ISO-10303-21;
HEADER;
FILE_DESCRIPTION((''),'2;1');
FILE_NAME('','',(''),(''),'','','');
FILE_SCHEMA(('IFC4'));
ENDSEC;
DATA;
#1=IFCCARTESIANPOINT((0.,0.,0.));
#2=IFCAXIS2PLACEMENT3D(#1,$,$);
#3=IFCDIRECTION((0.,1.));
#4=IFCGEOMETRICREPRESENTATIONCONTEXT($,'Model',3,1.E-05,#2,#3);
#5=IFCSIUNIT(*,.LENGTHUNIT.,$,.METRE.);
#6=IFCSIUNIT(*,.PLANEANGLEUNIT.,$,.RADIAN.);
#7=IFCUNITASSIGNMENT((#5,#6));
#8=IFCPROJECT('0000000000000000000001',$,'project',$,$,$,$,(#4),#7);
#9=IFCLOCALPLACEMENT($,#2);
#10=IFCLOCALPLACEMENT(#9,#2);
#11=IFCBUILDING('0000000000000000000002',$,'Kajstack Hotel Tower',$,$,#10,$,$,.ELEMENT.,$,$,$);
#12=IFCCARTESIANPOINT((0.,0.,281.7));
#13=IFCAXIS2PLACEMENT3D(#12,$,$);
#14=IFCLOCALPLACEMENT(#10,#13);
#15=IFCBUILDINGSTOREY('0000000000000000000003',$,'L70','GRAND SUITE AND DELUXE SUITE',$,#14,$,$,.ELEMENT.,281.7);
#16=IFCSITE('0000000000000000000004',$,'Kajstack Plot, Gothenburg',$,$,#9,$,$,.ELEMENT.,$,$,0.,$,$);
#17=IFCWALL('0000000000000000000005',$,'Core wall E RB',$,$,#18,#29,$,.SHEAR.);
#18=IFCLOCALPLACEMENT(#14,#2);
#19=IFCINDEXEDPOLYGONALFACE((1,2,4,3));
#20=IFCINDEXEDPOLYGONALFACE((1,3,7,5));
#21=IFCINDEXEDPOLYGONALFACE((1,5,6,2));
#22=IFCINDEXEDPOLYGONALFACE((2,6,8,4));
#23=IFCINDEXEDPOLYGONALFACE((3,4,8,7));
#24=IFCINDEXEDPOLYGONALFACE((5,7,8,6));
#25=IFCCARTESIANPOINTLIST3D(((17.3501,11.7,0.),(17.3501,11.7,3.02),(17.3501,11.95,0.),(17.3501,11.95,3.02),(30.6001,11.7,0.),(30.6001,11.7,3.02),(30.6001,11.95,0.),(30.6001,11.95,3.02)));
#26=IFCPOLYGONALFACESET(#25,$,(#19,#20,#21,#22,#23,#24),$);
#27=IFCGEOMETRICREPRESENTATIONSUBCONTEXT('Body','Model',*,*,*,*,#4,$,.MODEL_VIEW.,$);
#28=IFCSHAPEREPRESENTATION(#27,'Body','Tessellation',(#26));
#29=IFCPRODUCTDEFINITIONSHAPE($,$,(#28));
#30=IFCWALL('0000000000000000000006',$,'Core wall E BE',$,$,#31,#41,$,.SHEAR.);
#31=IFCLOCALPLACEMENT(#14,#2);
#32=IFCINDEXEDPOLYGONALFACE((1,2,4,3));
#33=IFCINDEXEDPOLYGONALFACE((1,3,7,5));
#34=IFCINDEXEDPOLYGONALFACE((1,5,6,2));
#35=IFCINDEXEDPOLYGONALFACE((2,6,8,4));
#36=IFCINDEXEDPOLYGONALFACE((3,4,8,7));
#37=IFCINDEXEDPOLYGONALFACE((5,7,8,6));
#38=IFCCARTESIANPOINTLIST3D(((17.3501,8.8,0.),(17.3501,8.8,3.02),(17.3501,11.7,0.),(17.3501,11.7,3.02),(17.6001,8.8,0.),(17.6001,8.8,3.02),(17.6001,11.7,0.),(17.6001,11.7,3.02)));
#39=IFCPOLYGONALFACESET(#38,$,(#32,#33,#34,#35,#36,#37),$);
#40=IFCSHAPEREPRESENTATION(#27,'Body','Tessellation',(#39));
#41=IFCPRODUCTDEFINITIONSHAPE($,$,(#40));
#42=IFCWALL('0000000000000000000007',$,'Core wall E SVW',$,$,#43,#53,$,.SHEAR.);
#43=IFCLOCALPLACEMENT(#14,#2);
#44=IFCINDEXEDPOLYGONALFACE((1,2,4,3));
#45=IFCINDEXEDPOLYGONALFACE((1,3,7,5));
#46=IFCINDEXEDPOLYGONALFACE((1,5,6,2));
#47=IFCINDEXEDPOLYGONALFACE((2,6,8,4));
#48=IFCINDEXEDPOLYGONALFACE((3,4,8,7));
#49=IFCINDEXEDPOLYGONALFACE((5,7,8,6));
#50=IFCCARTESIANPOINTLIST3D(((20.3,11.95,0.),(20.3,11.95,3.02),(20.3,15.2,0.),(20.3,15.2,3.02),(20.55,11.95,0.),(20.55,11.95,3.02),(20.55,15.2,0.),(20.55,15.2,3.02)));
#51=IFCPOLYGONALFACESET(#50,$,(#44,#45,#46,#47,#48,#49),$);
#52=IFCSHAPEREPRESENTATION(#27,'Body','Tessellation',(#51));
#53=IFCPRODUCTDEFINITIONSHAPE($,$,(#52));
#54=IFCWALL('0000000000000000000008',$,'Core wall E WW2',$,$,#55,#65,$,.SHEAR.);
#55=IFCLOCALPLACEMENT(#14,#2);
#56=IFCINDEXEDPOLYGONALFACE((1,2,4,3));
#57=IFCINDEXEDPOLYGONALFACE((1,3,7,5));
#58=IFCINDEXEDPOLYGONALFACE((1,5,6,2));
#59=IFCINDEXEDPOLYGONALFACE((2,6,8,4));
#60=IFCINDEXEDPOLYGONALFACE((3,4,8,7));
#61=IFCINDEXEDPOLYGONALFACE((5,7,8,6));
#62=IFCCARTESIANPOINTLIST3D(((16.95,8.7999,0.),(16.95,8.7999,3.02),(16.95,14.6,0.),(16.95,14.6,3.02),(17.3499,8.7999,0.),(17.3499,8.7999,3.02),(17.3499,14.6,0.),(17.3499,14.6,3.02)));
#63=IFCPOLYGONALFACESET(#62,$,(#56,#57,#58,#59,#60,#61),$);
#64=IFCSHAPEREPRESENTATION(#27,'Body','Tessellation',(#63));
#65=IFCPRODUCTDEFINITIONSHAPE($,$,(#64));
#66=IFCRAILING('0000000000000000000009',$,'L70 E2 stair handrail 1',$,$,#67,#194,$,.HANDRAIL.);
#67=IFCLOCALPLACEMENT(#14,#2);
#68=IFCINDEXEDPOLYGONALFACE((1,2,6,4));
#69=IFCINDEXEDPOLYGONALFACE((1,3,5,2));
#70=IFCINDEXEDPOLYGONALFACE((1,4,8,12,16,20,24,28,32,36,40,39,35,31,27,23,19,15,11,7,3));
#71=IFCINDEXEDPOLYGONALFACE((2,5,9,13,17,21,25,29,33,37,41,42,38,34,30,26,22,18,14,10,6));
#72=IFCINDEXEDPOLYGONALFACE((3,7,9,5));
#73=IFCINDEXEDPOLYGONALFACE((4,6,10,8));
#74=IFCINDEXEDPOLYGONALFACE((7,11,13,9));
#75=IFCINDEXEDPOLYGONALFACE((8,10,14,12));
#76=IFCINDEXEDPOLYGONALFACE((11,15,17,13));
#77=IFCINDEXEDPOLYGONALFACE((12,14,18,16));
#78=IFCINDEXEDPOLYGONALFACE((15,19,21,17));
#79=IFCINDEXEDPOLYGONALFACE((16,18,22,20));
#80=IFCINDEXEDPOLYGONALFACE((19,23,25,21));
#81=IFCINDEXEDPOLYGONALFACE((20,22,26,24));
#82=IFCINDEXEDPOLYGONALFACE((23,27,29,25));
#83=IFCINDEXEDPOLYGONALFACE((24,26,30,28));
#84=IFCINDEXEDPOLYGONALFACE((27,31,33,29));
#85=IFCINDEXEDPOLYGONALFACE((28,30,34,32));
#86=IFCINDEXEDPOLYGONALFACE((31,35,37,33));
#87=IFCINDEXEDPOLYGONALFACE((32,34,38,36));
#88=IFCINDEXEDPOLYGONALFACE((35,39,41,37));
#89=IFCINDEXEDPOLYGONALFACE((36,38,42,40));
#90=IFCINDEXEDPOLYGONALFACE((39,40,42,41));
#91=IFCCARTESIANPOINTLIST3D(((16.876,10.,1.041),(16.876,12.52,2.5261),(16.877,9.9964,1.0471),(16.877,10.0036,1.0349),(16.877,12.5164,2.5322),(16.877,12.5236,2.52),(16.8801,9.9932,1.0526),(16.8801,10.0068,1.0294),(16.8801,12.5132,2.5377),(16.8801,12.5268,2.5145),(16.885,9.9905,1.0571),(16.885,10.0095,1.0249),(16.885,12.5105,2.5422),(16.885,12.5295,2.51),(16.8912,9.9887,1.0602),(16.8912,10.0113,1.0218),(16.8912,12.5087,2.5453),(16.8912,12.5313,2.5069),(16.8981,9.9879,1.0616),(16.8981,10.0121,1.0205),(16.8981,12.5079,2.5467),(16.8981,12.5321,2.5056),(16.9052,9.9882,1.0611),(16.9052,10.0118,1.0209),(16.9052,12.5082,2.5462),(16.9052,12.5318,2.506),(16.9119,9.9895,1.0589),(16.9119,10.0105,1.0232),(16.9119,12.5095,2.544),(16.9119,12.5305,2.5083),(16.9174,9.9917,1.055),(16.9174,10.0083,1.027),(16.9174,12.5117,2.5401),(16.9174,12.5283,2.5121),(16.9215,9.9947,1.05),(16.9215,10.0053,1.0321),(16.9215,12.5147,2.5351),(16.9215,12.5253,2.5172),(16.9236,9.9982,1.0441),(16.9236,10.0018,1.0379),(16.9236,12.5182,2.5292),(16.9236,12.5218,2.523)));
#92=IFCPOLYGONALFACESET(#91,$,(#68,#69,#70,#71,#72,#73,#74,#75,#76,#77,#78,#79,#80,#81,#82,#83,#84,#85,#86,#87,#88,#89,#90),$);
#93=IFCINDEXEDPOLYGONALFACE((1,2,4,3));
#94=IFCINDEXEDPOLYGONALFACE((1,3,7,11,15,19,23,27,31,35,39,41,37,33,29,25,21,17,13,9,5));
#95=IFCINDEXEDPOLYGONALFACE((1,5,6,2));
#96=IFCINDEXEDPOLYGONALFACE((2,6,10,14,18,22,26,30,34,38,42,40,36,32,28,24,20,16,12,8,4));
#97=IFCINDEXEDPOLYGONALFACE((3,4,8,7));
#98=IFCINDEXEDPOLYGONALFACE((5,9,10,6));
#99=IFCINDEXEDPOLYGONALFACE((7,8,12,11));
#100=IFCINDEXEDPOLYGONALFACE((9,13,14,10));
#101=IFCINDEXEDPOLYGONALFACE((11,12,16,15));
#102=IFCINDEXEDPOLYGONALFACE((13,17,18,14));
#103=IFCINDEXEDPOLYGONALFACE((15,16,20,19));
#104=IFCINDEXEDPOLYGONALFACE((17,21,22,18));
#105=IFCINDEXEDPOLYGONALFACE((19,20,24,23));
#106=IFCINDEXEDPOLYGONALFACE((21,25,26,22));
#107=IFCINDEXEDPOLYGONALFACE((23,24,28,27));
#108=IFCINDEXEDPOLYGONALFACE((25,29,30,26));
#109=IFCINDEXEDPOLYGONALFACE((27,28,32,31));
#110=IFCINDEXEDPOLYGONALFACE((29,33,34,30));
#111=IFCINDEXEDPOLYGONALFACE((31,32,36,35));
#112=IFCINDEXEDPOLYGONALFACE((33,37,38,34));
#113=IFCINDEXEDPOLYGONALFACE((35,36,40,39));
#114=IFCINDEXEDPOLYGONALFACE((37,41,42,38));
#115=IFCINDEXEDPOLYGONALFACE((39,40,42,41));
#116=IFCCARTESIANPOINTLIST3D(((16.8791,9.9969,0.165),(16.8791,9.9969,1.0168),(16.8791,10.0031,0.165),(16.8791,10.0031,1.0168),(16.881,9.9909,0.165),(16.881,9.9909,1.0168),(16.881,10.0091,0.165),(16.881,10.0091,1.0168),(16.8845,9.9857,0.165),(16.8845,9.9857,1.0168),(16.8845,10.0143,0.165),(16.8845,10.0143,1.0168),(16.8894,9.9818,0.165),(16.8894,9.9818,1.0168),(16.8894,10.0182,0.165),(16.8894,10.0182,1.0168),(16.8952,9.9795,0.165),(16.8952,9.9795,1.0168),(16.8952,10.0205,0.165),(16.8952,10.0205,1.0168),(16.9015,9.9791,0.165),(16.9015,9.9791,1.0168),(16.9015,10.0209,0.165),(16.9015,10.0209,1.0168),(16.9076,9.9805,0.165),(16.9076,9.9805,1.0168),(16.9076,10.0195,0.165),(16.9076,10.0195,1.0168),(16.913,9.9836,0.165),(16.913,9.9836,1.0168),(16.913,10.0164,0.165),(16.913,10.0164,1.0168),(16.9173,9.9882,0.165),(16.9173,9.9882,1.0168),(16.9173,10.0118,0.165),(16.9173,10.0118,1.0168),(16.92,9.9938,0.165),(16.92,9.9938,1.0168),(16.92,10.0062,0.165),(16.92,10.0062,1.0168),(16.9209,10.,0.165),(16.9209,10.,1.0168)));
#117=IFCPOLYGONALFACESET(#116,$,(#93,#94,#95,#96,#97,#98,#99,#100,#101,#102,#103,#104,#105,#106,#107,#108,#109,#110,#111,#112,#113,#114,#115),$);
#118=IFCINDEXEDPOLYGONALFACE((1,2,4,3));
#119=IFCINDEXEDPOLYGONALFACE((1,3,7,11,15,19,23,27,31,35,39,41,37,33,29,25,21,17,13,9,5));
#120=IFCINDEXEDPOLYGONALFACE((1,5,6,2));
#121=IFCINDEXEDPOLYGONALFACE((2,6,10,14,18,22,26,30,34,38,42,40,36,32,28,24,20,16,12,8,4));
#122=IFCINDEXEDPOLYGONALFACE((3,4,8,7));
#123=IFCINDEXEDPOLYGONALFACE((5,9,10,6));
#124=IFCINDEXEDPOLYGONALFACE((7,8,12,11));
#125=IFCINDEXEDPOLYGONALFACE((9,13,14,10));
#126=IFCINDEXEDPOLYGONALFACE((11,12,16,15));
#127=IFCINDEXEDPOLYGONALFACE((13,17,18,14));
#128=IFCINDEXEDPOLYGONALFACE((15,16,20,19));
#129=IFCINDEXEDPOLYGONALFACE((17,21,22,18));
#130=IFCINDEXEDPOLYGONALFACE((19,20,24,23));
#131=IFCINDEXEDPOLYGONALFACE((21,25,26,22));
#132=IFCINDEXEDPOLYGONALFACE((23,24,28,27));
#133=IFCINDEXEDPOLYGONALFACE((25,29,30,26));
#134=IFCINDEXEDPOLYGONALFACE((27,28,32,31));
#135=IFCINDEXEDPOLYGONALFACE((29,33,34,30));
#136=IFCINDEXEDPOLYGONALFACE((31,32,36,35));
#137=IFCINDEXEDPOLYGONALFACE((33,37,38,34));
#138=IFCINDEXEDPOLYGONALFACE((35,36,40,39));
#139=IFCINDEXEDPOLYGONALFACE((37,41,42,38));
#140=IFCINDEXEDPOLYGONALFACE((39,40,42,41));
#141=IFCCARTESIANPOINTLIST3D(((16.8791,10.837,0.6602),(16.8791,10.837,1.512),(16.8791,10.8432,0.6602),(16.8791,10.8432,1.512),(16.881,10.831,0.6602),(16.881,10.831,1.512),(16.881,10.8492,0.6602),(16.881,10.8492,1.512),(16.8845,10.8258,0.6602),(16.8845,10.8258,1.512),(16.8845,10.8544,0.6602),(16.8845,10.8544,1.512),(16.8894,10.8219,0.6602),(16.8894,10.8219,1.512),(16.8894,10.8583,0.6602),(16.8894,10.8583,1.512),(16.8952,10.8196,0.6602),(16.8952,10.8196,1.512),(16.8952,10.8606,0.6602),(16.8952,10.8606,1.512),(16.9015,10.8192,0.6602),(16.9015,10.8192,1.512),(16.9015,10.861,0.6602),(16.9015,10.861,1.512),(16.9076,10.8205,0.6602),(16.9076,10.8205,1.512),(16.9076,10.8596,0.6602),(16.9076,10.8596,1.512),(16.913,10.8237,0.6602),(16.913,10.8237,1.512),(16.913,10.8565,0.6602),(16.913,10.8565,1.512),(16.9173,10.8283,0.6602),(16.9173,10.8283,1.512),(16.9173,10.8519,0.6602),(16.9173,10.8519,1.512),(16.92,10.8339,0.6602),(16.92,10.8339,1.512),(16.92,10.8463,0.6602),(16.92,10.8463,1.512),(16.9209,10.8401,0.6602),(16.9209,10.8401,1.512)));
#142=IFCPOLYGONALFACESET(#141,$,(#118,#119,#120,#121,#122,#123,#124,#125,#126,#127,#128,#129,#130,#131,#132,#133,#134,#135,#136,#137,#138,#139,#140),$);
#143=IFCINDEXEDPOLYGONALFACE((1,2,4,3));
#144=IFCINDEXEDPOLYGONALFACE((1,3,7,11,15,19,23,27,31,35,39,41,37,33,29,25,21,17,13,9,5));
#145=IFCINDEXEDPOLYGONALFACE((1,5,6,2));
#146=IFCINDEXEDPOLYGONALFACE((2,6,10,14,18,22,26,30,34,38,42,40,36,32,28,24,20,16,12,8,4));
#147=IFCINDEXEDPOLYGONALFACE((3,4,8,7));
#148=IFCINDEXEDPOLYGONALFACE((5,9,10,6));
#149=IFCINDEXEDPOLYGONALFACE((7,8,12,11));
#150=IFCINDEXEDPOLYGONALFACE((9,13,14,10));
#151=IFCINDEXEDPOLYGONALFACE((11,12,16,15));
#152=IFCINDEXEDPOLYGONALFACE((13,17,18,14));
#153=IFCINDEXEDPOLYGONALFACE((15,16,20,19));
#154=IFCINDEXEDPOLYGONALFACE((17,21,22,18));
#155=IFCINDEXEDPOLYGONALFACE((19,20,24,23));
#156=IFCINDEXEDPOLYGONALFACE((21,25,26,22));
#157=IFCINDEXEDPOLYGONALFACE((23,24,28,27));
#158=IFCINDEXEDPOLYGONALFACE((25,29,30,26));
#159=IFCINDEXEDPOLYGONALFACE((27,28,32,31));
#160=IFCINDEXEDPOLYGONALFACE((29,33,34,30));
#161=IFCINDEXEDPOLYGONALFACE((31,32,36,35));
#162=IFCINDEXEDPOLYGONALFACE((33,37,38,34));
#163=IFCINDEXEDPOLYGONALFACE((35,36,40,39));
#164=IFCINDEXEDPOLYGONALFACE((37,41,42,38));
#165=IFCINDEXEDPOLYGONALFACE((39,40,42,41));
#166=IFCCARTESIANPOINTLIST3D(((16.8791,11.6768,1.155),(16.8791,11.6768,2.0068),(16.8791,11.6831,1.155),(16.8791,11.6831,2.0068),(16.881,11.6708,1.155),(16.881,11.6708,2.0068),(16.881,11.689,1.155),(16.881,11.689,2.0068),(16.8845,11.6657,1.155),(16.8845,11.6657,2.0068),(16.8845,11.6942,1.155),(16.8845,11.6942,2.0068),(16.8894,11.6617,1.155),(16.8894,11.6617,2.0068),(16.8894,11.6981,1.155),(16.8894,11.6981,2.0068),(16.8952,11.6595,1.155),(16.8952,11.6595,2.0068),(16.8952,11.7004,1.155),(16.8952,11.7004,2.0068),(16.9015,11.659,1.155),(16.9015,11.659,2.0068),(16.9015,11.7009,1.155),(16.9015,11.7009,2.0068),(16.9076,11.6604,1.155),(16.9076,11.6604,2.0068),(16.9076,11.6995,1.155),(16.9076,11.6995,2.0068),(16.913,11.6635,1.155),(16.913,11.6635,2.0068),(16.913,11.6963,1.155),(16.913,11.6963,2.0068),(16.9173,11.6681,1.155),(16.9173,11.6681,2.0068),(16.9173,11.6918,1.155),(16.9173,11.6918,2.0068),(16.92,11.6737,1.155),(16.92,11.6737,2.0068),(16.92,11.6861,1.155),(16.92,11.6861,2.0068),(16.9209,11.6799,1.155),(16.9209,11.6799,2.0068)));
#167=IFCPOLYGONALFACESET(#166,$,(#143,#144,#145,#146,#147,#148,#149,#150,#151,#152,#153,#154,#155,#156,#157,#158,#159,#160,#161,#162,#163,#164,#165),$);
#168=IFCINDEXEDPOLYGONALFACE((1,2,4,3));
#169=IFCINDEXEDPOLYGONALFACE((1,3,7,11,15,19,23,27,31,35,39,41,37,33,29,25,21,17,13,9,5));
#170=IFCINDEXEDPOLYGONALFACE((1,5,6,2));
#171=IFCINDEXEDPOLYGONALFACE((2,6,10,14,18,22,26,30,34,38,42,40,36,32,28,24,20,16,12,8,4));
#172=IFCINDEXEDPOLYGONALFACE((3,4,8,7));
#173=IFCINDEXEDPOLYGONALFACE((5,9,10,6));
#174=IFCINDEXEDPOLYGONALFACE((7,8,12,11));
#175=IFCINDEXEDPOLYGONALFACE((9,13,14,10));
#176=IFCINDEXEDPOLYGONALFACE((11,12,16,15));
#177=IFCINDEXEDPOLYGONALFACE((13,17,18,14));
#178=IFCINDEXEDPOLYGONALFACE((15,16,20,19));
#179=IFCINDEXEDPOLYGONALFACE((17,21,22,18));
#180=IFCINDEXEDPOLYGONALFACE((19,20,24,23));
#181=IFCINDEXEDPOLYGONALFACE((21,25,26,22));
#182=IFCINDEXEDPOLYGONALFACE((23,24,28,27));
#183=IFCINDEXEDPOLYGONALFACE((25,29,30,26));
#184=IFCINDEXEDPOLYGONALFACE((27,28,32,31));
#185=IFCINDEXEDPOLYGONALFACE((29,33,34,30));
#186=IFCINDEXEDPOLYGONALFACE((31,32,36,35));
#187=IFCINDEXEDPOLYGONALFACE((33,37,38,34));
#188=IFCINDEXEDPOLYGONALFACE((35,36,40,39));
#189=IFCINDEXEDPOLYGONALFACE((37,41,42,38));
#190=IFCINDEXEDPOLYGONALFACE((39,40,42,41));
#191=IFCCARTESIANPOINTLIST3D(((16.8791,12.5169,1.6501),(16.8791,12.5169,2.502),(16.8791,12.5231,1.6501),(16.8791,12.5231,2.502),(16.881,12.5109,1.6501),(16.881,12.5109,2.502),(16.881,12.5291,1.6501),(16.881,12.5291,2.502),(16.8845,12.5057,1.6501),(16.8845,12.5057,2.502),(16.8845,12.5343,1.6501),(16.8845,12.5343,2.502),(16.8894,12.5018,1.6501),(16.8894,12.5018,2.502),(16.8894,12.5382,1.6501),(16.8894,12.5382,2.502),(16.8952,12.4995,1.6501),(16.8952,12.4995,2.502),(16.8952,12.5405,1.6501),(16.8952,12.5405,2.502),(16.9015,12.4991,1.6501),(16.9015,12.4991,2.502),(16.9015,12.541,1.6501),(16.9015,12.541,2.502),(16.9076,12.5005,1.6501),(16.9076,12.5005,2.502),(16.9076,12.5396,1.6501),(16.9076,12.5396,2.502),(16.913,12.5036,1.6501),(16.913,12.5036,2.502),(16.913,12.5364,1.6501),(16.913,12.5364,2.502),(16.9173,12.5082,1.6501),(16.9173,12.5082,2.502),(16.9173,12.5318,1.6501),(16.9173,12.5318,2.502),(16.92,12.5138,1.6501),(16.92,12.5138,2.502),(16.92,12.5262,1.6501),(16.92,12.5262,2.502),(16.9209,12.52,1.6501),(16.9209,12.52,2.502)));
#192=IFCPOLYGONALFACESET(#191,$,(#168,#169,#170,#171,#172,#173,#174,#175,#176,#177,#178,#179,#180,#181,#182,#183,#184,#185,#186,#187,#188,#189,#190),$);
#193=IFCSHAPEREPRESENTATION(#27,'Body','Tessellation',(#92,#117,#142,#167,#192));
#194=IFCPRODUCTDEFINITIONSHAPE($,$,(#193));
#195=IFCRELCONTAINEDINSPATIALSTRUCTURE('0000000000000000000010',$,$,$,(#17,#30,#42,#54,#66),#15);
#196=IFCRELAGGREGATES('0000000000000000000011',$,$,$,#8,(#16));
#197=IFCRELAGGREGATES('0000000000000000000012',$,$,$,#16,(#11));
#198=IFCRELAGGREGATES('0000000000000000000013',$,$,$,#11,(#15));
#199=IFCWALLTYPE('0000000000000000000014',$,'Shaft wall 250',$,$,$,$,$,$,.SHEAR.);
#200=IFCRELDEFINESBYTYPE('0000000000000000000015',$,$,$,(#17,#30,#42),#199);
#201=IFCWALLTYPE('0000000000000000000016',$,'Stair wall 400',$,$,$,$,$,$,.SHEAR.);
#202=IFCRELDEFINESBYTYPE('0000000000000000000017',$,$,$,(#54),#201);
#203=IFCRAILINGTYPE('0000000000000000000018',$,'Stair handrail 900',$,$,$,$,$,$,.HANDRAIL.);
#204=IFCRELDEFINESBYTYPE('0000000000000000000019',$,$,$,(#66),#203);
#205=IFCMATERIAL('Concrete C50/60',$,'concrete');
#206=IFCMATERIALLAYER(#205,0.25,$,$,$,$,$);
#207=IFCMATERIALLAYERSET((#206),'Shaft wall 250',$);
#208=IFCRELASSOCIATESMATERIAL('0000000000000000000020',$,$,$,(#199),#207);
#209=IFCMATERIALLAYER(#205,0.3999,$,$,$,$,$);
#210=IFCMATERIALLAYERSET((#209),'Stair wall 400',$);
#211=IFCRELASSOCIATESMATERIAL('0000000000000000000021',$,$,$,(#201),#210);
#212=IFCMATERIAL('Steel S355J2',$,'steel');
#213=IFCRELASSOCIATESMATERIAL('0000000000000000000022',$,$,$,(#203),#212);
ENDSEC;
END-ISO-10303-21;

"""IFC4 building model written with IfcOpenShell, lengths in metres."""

from ifc_helpers import new_model, si_unit, direction, frame, frame_2d, origin, origin_2d, place, context, subcontext, project, spatial, rectangle, circle, extrude, material, layer, layer_set, type_object, element, save


model = new_model("IFC4")

# Units and contexts
model_context = context("Model", 3, precision=1e-05, world=origin(), true_north=direction((0.0, 1.0)))
body_context = subcontext(model_context, "Body", "Model", "MODEL_VIEW")
ifc_project = project(units=[si_unit("LENGTHUNIT", "METRE"), si_unit("PLANEANGLEUNIT", "RADIAN")], contexts=[model_context])

# Site, building, storey
site_placement = place(None, origin())
site = spatial("IfcSite", under=ifc_project, at=site_placement, Name="Kajstack Plot, Gothenburg", CompositionType="ELEMENT", RefElevation=0.0)
building_placement = place(site_placement, origin())
building = spatial("IfcBuilding", under=site, at=building_placement, Name="Kajstack Hotel Tower", CompositionType="ELEMENT")
storey_placement = place(building_placement, frame((0.0, 0.0, 281.7)))
storey = spatial("IfcBuildingStorey", under=building, at=storey_placement, Name="L70", Description="GRAND SUITE AND DELUXE SUITE", CompositionType="ELEMENT", Elevation=281.7)

# Shared definitions
ifc_material_1 = material(Name="Concrete C50/60", Category="concrete")
ifc_layer_1 = layer(ifc_material_1, 0.25)
ifc_layer_set_1 = layer_set([ifc_layer_1], Name="Shaft wall 250")
wall_type_1 = type_object("IfcWallType", Name="Shaft wall 250", PredefinedType="SHEAR", material=ifc_layer_set_1)

# Walls
wall_1_placement = place(storey_placement, frame((17.3501, 11.825, 0.0), z_axis=(0.0, 0.0, 1.0), x_axis=(1.0, 0.0, 0.0)))
element("IfcWall", 1, at=wall_1_placement, inside=storey, type_object=wall_type_1, Name="Core wall E RB", PredefinedType="SHEAR", context=body_context, shape_type="SweptSolid", body=[
    extrude(rectangle(XDim=13.25, YDim=0.25, at=frame_2d((6.625, 0.0))), origin(), (0.0, 0.0, 1.0), 3.02),
])
wall_2_placement = place(storey_placement, frame((17.4751, 8.8, 0.0), z_axis=(0.0, 0.0, 1.0), x_axis=(0.0, 1.0, 0.0)))
element("IfcWall", 2, at=wall_2_placement, inside=storey, type_object=wall_type_1, Name="Core wall E BE", PredefinedType="SHEAR", context=body_context, shape_type="SweptSolid", body=[
    extrude(rectangle(XDim=2.8999, YDim=0.25, at=frame_2d((1.45, 0.0))), origin(), (0.0, 0.0, 1.0), 3.02),
])
wall_3_placement = place(storey_placement, frame((20.425, 11.95, 0.0), z_axis=(0.0, 0.0, 1.0), x_axis=(0.0, 1.0, 0.0)))
element("IfcWall", 3, at=wall_3_placement, inside=storey, type_object=wall_type_1, Name="Core wall E SVW", PredefinedType="SHEAR", context=body_context, shape_type="SweptSolid", body=[
    extrude(rectangle(XDim=3.25, YDim=0.25, at=frame_2d((1.625, 0.0))), origin(), (0.0, 0.0, 1.0), 3.02),
])
ifc_layer_2 = layer(ifc_material_1, 0.3999)
ifc_layer_set_2 = layer_set([ifc_layer_2], Name="Stair wall 400")
wall_type_2 = type_object("IfcWallType", Name="Stair wall 400", PredefinedType="SHEAR", material=ifc_layer_set_2)
wall_4_placement = place(storey_placement, frame((17.1499, 8.8, 0.0), z_axis=(0.0, 0.0, 1.0), x_axis=(0.0, 1.0, 0.0)))
element("IfcWall", 4, at=wall_4_placement, inside=storey, type_object=wall_type_2, Name="Core wall E WW2", PredefinedType="SHEAR", context=body_context, shape_type="SweptSolid", body=[
    extrude(rectangle(XDim=5.8, YDim=0.3999, at=frame_2d((2.8999, 0.0))), origin(), (0.0, 0.0, 1.0), 3.02),
])

# Railing
ifc_material_2 = material(Name="Steel S355J2", Category="steel")
railing_type = type_object("IfcRailingType", Name="Stair handrail 900", PredefinedType="HANDRAIL", material=ifc_material_2)
railing_placement = place(storey_placement, frame((16.8999, 10.0, 0.165)))
element("IfcRailing", 5, at=railing_placement, inside=storey, type_object=railing_type, Name="L70 E2 stair handrail 1", PredefinedType="HANDRAIL", context=body_context, shape_type="SweptSolid", body=[
    extrude(circle(Radius=0.0239, at=origin_2d()), frame((0.0, 0.0, 0.876), z_axis=(0.0, 0.861524, 0.507717), x_axis=(-1.0, 0.0, 0.0)), (0.0, 0.0, 1.0), 2.925),
    extrude(circle(Radius=0.021, at=origin_2d()), origin(), (0.0, 0.0, 1.0), 0.8518),
    extrude(circle(Radius=0.021, at=origin_2d()), frame((0.0, 0.8401, 0.4951)), (0.0, 0.0, 1.0), 0.8518),
    extrude(circle(Radius=0.021, at=origin_2d()), frame((0.0, 1.6799, 0.99)), (0.0, 0.0, 1.0), 0.8518),
    extrude(circle(Radius=0.021, at=origin_2d()), frame((0.0, 2.52, 1.4851)), (0.0, 0.0, 1.0), 0.8518),
])

save(model, "model.ifc")
